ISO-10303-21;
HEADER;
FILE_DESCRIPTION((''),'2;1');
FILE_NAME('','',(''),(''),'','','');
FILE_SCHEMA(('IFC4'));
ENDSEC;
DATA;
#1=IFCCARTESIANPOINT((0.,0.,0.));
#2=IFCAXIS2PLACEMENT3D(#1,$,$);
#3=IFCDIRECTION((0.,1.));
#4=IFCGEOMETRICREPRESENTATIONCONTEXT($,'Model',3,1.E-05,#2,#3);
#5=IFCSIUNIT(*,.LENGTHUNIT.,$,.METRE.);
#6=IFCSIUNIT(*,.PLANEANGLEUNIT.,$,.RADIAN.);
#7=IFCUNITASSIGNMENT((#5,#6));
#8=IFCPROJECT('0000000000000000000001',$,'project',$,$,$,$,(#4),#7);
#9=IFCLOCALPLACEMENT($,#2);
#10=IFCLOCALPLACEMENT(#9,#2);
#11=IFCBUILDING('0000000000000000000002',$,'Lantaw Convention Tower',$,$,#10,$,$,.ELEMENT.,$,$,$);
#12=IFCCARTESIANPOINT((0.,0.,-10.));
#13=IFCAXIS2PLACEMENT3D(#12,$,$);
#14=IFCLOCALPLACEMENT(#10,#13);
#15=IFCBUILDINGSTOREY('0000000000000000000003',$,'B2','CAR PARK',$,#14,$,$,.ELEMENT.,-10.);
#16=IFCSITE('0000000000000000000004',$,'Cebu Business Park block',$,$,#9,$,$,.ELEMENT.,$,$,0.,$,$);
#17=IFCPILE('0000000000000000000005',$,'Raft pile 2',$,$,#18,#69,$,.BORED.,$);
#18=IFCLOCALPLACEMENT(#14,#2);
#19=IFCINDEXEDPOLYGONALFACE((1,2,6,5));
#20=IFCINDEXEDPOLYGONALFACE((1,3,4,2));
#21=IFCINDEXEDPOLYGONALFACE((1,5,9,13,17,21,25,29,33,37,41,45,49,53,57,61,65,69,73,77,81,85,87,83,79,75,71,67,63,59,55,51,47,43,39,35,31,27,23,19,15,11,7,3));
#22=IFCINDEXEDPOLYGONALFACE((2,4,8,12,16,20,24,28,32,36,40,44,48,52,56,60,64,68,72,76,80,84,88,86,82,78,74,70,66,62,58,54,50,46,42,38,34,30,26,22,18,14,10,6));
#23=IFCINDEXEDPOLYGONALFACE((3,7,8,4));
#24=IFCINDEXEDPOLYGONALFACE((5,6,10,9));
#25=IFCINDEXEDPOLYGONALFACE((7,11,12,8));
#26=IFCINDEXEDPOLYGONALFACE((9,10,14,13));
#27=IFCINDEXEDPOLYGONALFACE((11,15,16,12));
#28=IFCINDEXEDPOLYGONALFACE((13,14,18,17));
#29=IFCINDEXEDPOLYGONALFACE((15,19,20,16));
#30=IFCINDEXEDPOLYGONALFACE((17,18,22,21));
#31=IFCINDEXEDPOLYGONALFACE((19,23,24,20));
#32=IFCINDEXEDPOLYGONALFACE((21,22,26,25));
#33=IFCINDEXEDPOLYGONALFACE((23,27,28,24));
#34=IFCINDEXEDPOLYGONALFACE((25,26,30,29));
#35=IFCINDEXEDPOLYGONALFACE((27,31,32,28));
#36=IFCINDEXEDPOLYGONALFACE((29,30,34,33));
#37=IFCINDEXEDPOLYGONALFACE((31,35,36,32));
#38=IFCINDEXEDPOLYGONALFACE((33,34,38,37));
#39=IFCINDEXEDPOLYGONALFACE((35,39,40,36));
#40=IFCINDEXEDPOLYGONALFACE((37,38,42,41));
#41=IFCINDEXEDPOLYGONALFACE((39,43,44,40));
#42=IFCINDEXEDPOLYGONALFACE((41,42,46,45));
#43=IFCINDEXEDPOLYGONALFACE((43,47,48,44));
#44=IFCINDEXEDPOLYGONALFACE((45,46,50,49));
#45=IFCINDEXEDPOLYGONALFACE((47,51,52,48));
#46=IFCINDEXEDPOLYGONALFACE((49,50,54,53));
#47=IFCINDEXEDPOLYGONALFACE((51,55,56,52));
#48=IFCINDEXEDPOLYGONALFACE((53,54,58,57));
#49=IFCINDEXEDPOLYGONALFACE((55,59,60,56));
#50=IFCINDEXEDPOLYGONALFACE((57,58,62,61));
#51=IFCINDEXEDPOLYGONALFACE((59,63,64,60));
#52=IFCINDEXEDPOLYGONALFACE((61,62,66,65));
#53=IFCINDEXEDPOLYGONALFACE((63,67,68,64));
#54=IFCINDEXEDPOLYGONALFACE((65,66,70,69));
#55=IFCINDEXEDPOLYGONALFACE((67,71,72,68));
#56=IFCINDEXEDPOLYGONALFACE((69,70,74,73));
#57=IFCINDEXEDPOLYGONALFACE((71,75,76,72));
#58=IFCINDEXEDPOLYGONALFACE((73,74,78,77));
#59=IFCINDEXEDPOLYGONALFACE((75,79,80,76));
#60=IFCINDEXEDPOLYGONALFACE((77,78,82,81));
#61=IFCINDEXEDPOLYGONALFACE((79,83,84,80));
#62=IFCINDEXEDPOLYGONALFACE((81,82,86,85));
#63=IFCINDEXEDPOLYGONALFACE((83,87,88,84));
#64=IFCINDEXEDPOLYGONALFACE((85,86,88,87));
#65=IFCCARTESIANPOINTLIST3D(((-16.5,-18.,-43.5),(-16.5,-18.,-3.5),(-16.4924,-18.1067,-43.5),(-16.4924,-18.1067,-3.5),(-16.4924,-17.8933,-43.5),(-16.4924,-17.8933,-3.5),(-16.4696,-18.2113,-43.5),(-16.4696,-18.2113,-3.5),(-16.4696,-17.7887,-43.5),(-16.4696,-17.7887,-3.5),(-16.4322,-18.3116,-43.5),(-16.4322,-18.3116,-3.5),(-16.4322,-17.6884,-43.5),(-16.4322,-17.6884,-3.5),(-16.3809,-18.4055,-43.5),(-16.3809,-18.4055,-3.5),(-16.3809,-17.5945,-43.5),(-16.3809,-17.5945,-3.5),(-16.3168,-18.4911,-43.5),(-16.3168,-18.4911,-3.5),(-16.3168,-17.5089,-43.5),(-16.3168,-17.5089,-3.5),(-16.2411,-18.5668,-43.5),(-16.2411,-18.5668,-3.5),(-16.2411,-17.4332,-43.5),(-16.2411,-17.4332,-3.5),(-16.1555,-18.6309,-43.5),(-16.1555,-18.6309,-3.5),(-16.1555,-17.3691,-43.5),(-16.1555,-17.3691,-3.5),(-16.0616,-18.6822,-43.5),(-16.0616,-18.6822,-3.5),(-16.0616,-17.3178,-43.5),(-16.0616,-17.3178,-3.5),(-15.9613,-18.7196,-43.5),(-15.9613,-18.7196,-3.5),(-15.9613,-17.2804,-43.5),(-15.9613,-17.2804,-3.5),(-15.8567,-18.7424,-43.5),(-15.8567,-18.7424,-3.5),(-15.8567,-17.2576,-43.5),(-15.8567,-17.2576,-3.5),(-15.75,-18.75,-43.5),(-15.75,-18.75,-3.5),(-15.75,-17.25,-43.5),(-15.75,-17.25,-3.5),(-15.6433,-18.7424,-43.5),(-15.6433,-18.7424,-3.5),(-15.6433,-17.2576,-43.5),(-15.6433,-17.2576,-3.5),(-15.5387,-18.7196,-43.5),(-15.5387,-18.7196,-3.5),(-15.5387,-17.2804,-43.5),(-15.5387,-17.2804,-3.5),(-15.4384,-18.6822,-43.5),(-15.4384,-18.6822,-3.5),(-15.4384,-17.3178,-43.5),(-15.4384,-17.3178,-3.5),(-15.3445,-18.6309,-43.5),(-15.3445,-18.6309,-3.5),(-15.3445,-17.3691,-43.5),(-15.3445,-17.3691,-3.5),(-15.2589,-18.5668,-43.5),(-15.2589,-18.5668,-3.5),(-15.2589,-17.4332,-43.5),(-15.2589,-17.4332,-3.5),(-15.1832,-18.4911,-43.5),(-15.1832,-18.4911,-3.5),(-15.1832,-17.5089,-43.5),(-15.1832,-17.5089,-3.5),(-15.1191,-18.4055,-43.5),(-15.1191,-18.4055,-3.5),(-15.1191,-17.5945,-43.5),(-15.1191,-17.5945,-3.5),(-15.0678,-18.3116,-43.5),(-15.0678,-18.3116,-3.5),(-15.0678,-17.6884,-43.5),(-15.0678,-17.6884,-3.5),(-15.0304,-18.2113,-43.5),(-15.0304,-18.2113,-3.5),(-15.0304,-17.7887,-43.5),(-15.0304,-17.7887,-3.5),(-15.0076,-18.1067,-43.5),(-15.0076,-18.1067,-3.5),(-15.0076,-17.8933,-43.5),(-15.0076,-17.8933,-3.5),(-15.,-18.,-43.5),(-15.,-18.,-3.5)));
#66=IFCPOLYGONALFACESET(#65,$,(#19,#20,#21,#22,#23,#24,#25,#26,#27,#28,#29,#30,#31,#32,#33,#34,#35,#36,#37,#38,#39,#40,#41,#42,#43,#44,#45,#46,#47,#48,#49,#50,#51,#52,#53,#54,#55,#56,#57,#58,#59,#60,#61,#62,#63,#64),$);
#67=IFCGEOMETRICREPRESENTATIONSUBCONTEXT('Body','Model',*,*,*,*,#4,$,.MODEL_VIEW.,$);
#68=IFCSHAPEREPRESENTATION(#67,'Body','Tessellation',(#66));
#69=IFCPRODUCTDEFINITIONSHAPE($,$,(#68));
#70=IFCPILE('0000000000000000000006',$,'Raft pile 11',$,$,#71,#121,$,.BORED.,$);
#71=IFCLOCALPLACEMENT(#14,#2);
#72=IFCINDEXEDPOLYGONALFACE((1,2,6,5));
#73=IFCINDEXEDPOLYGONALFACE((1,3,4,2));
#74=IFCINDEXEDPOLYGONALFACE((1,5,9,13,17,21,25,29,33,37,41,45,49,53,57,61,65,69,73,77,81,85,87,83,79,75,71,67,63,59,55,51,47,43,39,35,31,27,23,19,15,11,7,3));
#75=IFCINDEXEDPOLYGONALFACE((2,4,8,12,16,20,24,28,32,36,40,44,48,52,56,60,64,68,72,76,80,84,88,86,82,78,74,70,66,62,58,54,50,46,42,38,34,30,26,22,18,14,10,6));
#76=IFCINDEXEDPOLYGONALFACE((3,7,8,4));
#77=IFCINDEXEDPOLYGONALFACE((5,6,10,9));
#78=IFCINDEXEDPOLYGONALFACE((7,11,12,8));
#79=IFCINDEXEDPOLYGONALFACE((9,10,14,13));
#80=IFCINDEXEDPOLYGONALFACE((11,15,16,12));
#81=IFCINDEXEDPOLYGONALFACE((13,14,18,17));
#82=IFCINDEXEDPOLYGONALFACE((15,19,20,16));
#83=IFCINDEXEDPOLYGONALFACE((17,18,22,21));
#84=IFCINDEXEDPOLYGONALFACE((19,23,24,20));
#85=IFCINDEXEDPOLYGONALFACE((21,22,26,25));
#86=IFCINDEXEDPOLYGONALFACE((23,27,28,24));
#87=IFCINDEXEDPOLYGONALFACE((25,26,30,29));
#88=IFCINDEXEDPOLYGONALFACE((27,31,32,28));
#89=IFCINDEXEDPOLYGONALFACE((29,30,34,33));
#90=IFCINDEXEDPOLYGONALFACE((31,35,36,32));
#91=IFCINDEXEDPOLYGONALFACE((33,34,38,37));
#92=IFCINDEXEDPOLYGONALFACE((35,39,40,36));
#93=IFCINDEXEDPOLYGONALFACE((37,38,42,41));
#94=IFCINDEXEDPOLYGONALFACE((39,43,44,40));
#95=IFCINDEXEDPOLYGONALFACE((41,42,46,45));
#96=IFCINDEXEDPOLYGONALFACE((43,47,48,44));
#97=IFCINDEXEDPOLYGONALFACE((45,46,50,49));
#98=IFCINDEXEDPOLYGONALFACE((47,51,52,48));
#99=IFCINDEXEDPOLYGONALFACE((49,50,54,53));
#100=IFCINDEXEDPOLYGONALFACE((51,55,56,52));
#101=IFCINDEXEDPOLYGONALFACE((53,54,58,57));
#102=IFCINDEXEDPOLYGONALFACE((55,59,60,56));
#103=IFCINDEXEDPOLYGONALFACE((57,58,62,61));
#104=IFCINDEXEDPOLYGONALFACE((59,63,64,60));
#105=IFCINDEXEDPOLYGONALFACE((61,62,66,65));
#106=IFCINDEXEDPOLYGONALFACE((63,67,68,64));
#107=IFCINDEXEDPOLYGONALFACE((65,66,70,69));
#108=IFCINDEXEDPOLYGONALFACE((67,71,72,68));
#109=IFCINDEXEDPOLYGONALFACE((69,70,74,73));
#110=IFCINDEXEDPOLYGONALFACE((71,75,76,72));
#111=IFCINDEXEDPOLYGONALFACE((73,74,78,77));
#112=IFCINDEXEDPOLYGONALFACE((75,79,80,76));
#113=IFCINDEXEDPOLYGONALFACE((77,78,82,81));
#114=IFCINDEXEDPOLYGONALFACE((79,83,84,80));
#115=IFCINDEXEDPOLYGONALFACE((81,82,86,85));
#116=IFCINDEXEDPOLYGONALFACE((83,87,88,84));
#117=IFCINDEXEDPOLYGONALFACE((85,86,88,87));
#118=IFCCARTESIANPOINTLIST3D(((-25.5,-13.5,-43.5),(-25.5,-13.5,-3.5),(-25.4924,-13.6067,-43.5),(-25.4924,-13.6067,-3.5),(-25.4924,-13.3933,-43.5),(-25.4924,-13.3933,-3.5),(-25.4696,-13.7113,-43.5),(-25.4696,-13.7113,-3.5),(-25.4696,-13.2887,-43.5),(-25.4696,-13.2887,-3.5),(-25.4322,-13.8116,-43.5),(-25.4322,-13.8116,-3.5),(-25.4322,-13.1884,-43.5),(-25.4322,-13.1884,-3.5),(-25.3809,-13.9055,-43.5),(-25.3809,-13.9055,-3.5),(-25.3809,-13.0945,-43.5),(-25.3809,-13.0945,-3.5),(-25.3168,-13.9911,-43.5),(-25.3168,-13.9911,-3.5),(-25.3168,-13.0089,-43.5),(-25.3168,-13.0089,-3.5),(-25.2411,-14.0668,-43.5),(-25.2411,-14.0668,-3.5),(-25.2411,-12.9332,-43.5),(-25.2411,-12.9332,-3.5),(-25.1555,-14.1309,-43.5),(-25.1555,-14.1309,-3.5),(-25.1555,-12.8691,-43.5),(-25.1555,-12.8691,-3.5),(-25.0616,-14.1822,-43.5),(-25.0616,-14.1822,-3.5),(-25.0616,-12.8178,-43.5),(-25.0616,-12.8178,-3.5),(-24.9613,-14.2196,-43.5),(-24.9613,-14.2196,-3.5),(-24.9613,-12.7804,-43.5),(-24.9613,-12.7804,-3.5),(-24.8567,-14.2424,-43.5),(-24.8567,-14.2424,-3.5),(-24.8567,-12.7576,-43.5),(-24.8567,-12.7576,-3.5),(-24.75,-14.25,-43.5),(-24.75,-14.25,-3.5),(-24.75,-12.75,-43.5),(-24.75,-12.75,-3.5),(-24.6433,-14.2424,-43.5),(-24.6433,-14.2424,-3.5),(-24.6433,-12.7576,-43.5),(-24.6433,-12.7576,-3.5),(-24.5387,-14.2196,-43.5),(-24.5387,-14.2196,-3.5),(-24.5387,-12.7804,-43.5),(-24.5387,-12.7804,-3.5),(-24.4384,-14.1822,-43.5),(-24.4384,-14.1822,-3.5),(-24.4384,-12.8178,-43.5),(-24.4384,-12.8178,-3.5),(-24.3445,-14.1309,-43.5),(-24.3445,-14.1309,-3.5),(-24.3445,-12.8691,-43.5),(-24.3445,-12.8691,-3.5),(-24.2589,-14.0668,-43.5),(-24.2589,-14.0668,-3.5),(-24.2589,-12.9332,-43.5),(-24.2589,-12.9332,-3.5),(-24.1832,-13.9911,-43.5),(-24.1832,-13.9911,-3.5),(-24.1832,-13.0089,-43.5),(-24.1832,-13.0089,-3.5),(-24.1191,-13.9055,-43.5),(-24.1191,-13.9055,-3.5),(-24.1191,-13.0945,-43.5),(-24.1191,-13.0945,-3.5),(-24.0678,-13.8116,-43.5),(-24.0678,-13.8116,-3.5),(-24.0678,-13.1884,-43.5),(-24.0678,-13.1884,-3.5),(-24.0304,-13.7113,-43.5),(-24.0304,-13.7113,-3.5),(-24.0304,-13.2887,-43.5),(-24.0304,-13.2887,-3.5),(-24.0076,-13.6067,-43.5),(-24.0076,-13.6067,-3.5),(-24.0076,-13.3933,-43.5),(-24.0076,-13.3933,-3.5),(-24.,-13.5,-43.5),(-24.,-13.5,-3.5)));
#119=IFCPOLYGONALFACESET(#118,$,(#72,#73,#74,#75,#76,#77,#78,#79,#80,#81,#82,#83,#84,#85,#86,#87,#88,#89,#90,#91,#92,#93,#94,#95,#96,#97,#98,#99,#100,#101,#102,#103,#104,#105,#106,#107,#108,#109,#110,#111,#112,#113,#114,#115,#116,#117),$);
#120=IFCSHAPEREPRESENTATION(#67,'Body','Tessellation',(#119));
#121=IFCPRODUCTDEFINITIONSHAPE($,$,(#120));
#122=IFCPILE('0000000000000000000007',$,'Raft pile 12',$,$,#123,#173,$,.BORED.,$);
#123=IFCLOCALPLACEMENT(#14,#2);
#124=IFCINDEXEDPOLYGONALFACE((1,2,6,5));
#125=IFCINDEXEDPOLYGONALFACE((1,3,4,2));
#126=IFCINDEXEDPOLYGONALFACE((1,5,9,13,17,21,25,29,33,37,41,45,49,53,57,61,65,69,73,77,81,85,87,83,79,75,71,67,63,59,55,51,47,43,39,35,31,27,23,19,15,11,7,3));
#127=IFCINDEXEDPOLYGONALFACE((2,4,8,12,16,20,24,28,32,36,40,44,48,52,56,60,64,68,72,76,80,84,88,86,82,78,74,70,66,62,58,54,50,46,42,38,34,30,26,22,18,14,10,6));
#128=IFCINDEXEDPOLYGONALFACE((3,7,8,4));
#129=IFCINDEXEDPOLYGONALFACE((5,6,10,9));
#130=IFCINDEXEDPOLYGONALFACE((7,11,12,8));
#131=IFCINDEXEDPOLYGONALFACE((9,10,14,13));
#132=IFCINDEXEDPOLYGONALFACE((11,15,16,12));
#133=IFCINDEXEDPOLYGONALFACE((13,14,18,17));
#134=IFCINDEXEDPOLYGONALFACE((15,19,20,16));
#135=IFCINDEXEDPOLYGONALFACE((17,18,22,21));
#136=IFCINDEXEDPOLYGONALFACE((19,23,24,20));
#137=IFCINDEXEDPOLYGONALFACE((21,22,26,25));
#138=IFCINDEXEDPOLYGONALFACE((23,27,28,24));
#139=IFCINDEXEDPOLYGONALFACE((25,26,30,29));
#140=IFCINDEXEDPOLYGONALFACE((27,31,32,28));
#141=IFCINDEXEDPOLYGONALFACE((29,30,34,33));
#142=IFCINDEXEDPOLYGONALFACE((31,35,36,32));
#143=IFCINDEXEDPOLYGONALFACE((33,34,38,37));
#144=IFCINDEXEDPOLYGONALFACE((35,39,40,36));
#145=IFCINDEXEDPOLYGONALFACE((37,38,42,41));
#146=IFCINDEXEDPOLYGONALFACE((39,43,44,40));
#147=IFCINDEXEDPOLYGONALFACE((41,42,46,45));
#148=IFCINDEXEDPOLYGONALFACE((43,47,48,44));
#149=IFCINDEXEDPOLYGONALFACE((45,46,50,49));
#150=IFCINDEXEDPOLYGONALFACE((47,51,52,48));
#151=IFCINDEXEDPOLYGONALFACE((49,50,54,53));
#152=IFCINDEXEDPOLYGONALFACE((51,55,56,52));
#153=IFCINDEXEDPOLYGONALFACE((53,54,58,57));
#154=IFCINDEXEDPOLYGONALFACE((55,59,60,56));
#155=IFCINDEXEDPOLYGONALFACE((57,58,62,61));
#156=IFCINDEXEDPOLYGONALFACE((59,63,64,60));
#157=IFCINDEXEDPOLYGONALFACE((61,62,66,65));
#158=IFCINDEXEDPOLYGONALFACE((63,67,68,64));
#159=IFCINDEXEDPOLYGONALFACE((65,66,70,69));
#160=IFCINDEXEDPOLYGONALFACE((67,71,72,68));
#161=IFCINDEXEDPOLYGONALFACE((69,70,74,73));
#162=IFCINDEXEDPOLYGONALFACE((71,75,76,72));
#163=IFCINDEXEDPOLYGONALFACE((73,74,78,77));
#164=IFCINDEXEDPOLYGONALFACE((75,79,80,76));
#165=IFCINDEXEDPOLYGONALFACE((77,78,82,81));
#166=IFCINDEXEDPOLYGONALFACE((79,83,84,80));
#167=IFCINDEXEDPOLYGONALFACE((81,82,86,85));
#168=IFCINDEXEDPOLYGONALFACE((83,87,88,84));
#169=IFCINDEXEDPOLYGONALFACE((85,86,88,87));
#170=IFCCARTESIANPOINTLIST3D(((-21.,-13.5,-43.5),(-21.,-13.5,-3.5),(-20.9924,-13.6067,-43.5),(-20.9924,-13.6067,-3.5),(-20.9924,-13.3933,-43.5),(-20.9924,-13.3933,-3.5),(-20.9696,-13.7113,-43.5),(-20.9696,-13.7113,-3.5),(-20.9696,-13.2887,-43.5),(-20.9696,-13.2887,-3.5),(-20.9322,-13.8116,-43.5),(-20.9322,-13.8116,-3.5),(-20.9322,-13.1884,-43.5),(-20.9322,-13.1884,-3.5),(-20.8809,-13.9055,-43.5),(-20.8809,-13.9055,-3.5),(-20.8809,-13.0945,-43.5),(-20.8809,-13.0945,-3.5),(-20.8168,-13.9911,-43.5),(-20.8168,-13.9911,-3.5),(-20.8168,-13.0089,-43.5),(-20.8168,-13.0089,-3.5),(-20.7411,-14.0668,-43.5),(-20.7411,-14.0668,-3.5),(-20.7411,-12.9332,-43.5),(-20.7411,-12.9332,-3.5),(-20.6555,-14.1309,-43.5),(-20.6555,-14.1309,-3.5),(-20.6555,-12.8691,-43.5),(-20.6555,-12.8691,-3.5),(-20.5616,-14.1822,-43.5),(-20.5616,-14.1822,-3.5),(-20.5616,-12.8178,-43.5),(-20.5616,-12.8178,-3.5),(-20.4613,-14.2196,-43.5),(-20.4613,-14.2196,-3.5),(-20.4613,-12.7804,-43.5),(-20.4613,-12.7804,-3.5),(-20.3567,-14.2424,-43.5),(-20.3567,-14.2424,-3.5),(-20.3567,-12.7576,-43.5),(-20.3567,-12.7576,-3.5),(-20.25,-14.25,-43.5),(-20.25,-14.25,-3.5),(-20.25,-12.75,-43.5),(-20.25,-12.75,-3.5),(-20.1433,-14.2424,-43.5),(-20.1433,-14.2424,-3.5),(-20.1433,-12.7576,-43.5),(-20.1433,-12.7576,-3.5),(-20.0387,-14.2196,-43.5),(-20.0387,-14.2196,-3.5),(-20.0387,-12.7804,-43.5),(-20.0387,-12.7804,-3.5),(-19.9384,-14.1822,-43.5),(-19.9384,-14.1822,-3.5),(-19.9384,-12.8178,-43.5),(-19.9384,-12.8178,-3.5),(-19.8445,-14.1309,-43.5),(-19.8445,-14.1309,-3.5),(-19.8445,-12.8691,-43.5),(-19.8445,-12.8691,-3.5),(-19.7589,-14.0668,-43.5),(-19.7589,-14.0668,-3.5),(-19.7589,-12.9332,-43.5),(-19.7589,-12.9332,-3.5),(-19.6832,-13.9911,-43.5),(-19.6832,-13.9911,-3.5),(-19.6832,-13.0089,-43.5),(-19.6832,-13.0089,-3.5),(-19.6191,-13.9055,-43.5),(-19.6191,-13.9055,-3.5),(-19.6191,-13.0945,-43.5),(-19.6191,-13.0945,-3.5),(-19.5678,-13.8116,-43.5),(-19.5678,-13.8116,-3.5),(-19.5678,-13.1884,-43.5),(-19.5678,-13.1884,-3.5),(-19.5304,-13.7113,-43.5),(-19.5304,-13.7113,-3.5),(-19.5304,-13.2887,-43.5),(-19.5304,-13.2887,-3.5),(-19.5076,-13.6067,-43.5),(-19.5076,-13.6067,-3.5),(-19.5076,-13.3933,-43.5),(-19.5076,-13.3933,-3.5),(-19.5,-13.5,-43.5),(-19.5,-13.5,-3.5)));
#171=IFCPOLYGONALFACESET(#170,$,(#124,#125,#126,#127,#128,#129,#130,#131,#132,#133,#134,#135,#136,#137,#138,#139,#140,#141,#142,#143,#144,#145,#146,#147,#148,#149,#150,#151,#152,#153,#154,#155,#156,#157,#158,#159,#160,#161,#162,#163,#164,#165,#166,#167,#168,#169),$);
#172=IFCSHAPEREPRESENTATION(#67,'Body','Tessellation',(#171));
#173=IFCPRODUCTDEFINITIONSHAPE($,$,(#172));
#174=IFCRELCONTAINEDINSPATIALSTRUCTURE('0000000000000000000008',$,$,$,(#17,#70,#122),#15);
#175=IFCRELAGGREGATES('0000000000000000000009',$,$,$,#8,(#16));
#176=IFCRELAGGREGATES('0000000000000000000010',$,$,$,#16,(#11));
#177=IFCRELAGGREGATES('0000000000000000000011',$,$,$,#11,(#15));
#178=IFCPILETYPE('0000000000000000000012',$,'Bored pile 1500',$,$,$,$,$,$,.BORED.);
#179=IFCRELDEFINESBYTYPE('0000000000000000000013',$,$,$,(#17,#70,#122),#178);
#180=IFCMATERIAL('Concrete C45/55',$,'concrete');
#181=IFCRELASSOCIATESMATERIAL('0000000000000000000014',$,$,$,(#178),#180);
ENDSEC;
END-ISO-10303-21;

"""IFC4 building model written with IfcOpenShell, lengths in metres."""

from ifc_helpers import new_model, si_unit, direction, frame, origin, origin_2d, place, context, subcontext, project, spatial, circle, extrude, material, material_profile, profile_set, type_object, element, save


model = new_model("IFC4")

# Units and contexts
model_context = context("Model", 3, precision=1e-05, world=origin(), true_north=direction((0.0, 1.0)))
body_context = subcontext(model_context, "Body", "Model", "MODEL_VIEW")
ifc_project = project(units=[si_unit("LENGTHUNIT", "METRE"), si_unit("PLANEANGLEUNIT", "RADIAN")], contexts=[model_context])

# Site, building, storey
site_placement = place(None, origin())
site = spatial("IfcSite", under=ifc_project, at=site_placement, Name="Cebu Business Park block", CompositionType="ELEMENT", RefElevation=0.0)
building_placement = place(site_placement, origin())
building = spatial("IfcBuilding", under=site, at=building_placement, Name="Lantaw Convention Tower", CompositionType="ELEMENT")
storey_placement = place(building_placement, frame((0.0, 0.0, -10.0)))
storey = spatial("IfcBuildingStorey", under=building, at=storey_placement, Name="B2", Description="CAR PARK", CompositionType="ELEMENT", Elevation=-10.0)

# Piles
ifc_material_1 = material(Name="Concrete C45/55", Category="concrete")
ifc_material_profile_1 = material_profile(ifc_material_1, circle(Radius=0.75, at=origin_2d()), Name="Bored pile 1500")
ifc_profile_set_1 = profile_set([ifc_material_profile_1], Name="Concrete C45/55")
pile_type_1 = type_object("IfcPileType", Name="Bored pile 1500", PredefinedType="BORED", material=ifc_profile_set_1)
for number, where, z_axis, x_axis, name in (
    (1, (-15.75, -18.0, -3.5), (0.0, 0.0, -1.0), (1.0, 0.0, 0.0), "Raft pile 2"),
    (2, (-24.75, -13.5, -3.5), (0.0, 0.0, -1.0), (1.0, 0.0, 0.0), "Raft pile 11"),
    (3, (-20.25, -13.5, -3.5), (0.0, 0.0, -1.0), (1.0, 0.0, 0.0), "Raft pile 12"),
):
    element("IfcPile", number, at=place(storey_placement, frame(where, z_axis=z_axis, x_axis=x_axis)), inside=storey, type_object=pile_type_1, Name=name, PredefinedType="BORED", context=body_context, shape_type="SweptSolid", body=[
        extrude(circle(Radius=0.75, at=origin_2d()), origin(), (0.0, 0.0, 1.0), 40.0),
    ])

save(model, "model.ifc")
